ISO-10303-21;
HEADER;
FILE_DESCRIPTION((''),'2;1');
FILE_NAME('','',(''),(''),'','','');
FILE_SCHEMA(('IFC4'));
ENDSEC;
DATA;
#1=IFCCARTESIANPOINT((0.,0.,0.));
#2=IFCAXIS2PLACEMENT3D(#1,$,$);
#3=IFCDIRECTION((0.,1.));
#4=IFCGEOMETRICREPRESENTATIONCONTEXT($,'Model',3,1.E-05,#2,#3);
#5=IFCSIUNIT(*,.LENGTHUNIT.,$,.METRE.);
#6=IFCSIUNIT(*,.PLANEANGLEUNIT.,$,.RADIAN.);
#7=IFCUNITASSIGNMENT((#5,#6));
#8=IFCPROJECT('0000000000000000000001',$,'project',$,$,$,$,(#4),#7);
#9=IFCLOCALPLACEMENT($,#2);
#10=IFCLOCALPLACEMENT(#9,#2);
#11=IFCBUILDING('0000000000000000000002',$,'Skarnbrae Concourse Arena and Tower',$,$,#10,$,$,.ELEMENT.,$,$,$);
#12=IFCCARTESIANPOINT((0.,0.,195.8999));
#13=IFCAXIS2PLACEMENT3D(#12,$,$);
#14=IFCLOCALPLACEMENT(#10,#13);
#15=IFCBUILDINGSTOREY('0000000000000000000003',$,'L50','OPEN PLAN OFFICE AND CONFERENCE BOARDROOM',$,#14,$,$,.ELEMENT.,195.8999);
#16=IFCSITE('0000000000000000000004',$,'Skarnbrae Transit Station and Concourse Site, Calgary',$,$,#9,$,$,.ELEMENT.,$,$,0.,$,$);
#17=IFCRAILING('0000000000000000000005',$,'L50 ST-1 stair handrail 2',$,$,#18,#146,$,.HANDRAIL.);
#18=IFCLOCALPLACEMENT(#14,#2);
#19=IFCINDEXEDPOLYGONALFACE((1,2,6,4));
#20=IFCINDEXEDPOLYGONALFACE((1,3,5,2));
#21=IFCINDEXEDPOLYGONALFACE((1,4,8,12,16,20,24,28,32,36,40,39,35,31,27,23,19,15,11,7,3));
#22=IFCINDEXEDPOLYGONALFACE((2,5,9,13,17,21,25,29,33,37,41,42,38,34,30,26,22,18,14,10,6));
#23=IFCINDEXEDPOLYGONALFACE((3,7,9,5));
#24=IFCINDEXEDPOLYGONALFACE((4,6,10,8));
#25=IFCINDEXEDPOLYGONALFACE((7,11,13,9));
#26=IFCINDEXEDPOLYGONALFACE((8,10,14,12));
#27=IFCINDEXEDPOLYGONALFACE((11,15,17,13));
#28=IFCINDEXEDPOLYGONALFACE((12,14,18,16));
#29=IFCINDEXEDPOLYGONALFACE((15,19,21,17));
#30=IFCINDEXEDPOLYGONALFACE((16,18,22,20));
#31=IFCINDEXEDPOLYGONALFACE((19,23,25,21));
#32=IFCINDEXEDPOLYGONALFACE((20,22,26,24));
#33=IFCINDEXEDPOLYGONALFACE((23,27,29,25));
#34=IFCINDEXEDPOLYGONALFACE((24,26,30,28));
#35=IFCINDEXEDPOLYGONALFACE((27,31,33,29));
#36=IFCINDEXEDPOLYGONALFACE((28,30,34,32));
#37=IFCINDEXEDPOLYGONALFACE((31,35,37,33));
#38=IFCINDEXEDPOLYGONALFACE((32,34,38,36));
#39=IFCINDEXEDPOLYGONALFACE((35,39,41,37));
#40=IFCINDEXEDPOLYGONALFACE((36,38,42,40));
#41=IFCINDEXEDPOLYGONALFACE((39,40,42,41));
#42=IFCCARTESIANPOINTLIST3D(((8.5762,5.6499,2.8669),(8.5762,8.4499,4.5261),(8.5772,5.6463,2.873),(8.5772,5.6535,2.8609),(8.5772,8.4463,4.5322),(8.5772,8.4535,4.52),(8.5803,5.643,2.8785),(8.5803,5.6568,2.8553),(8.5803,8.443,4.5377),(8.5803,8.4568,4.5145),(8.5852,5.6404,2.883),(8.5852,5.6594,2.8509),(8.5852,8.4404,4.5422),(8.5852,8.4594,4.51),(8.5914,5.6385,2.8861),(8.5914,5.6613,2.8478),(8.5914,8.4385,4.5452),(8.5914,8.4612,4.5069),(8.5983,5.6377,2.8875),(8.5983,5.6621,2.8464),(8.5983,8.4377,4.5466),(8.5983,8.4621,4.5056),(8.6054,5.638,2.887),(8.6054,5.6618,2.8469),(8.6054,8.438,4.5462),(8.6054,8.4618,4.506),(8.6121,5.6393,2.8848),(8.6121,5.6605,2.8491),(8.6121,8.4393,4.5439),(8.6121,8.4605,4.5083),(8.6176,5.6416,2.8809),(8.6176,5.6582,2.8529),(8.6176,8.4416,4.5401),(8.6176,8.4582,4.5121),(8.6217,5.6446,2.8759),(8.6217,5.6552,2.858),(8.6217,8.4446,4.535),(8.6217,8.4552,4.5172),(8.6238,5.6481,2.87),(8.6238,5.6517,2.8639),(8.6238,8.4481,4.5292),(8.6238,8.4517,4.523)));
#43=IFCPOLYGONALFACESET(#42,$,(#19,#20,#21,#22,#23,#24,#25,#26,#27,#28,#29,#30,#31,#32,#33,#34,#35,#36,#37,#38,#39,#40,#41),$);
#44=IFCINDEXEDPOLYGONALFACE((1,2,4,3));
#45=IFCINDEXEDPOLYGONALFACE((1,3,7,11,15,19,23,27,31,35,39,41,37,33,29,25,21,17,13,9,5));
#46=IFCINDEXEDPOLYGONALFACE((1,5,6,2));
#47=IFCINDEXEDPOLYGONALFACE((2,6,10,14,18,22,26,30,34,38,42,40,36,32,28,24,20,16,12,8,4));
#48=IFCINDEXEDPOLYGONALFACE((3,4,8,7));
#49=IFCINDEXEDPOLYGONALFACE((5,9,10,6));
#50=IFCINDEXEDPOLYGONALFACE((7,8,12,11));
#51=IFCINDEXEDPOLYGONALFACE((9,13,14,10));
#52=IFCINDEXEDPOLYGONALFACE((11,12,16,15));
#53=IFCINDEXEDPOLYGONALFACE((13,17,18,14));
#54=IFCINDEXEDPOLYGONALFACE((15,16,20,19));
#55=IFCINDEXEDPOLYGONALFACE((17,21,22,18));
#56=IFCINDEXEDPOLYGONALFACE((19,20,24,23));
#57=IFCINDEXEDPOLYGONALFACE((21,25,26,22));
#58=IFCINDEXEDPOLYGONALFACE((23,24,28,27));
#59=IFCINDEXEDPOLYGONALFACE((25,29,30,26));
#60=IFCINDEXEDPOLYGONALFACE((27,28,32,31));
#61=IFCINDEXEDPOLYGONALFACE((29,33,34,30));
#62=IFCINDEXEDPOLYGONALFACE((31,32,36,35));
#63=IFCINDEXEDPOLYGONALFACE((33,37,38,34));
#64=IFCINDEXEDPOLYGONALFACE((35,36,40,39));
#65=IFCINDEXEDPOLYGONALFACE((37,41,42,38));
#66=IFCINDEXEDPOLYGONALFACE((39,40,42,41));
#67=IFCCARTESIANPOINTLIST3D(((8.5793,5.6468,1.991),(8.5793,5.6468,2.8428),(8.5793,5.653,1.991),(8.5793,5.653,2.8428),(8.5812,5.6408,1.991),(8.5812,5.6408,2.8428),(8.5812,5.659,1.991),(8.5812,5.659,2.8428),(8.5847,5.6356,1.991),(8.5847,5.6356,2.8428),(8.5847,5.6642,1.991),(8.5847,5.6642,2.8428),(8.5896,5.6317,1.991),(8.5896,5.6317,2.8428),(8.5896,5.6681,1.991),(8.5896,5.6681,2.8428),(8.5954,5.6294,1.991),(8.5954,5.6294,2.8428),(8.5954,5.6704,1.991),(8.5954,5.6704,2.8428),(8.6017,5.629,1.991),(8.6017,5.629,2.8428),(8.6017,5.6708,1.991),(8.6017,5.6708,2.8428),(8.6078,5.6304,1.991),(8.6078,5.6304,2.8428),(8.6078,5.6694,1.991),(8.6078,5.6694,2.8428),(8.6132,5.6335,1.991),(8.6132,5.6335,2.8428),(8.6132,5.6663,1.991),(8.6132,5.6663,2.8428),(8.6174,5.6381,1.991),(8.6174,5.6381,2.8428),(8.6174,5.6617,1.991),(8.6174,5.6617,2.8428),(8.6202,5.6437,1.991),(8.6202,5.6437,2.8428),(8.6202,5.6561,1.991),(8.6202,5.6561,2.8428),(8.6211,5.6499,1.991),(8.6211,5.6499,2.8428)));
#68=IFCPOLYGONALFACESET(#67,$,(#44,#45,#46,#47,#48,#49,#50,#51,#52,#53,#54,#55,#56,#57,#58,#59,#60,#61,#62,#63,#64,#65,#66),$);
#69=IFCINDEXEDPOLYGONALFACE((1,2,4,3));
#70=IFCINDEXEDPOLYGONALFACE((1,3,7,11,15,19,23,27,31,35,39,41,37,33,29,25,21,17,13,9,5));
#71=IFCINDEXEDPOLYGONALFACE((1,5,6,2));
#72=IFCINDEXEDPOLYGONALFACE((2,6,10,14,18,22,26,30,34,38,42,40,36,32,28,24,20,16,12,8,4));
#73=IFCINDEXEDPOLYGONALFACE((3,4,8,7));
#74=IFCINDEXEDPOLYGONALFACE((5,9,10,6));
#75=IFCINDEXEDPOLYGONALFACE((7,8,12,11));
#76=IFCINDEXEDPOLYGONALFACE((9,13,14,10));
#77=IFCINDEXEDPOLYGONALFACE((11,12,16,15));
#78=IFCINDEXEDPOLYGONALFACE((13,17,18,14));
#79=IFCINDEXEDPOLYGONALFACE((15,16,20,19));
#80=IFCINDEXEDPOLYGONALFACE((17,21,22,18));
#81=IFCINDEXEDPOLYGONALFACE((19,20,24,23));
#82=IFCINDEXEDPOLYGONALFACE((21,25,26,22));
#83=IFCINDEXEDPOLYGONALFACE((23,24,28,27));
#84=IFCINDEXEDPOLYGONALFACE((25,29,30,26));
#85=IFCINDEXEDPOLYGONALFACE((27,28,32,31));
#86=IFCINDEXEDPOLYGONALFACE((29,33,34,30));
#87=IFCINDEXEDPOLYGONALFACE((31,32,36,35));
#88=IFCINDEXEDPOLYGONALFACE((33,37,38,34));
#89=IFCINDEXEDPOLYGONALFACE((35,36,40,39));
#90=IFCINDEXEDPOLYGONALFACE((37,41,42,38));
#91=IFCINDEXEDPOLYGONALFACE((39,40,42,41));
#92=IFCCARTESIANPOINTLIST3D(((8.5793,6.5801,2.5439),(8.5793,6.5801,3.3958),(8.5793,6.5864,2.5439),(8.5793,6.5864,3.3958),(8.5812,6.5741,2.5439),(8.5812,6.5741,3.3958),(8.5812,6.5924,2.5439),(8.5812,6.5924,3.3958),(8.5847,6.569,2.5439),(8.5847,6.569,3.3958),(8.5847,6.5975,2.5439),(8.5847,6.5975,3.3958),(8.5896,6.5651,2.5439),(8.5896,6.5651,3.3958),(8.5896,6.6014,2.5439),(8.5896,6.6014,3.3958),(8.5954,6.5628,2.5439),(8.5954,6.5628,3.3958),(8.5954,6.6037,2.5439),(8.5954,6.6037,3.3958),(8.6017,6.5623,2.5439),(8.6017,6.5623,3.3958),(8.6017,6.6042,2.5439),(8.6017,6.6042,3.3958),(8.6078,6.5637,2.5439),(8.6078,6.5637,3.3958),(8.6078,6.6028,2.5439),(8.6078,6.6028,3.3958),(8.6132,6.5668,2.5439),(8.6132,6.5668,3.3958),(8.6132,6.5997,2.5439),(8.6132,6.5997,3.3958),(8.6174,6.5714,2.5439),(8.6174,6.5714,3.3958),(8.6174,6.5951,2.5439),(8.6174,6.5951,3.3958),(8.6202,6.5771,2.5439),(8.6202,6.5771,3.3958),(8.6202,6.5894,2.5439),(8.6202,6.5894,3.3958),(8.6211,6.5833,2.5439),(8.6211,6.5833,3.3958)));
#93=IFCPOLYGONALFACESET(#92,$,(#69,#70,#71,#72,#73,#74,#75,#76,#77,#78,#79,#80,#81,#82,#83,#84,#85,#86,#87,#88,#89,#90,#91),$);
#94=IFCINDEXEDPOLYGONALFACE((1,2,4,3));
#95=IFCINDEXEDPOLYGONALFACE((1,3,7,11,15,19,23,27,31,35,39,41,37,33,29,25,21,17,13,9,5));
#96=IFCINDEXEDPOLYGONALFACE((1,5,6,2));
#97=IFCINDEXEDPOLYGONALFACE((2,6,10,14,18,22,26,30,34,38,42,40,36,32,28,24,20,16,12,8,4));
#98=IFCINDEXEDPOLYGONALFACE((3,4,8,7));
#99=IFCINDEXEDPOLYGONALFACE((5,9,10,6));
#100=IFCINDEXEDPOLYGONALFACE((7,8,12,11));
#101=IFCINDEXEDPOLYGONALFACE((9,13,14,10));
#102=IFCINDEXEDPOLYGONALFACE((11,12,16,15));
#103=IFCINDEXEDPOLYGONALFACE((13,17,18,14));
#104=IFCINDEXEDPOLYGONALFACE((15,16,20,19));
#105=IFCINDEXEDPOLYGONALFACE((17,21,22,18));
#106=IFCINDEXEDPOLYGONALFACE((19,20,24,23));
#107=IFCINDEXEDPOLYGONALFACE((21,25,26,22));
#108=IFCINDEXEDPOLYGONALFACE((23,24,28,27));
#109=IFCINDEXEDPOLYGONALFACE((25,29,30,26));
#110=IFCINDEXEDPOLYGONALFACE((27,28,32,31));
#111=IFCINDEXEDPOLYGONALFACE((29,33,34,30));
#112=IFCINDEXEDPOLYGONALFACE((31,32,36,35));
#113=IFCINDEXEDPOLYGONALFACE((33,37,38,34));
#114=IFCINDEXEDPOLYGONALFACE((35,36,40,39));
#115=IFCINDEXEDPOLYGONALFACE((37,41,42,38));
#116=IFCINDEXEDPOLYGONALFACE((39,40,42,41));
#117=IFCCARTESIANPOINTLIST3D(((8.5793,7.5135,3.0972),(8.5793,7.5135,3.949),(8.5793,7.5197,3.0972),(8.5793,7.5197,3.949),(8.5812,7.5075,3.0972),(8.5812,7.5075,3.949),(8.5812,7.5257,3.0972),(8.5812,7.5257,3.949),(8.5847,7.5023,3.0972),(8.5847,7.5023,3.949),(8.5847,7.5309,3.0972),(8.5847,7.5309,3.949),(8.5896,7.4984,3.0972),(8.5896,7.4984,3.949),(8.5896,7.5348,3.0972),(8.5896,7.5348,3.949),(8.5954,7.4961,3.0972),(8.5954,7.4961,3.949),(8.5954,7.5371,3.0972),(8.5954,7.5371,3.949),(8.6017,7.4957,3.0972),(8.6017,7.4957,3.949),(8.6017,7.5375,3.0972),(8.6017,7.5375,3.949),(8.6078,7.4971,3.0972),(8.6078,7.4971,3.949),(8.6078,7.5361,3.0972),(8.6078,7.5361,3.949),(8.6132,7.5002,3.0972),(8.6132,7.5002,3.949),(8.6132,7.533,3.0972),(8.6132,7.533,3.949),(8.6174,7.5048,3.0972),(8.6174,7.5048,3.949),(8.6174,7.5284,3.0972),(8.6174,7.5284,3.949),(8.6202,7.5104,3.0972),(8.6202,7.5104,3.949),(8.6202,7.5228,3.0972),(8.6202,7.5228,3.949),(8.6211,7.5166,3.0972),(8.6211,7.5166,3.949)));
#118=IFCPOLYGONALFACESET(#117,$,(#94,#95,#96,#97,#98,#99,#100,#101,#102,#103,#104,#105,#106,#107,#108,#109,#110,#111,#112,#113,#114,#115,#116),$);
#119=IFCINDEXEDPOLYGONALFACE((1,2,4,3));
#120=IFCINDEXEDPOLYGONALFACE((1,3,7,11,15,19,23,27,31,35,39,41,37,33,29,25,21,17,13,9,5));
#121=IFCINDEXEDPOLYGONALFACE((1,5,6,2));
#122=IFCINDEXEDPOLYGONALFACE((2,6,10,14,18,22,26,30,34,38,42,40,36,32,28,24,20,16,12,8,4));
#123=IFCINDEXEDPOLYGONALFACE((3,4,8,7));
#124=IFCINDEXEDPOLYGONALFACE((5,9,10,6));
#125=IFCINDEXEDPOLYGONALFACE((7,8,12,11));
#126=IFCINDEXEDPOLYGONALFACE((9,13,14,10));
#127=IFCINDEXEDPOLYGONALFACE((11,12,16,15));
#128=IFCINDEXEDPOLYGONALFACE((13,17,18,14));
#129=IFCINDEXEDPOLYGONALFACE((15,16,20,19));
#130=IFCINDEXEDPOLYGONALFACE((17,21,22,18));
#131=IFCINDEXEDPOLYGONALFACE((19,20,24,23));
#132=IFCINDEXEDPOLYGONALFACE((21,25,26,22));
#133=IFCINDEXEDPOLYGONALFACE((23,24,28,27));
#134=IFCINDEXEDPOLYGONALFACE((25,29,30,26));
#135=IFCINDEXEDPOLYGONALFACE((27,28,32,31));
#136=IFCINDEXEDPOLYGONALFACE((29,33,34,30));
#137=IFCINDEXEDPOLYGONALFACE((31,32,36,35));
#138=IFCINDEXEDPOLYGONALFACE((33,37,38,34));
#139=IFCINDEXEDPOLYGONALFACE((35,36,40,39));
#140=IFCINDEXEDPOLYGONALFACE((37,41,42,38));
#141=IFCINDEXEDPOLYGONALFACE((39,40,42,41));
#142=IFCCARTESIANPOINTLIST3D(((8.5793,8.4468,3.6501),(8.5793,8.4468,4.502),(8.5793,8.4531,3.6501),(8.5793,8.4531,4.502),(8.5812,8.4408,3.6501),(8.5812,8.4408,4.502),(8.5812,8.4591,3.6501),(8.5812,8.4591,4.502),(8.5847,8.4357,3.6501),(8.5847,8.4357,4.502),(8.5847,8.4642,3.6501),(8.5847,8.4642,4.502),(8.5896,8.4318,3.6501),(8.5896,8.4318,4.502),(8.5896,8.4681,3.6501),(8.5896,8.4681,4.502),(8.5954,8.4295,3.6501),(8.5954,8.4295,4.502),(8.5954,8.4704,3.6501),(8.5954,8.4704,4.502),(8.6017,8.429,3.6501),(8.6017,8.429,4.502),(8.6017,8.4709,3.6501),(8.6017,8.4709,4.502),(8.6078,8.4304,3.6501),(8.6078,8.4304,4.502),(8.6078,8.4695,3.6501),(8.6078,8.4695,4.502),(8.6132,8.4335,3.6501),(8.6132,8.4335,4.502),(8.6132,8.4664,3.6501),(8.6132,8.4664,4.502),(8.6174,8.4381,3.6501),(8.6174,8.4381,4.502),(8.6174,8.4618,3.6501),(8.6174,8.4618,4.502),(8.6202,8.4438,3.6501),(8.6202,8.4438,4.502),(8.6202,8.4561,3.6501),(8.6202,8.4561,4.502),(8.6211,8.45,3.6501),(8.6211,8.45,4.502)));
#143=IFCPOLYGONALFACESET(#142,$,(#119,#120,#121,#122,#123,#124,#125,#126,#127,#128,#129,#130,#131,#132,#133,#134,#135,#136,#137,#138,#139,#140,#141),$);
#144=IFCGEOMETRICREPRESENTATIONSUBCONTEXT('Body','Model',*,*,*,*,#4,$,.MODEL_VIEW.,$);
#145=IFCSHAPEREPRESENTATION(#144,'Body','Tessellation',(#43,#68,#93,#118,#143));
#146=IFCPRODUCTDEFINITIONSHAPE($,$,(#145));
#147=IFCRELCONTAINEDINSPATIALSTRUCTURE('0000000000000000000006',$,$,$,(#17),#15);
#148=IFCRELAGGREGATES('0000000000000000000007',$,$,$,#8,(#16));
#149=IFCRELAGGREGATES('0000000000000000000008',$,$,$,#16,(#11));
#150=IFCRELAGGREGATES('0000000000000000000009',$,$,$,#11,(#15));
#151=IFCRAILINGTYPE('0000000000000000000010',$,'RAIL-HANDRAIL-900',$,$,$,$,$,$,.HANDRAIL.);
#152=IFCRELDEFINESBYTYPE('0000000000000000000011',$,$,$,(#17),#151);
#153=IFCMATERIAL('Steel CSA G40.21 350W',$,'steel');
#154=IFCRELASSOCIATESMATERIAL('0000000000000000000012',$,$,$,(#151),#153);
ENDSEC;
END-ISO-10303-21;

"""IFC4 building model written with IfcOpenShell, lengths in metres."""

from ifc_helpers import new_model, si_unit, direction, frame, origin, origin_2d, place, context, subcontext, project, spatial, circle, extrude, material, type_object, element, save


model = new_model("IFC4")

# Units and contexts
model_context = context("Model", 3, precision=1e-05, world=origin(), true_north=direction((0.0, 1.0)))
body_context = subcontext(model_context, "Body", "Model", "MODEL_VIEW")
ifc_project = project(units=[si_unit("LENGTHUNIT", "METRE"), si_unit("PLANEANGLEUNIT", "RADIAN")], contexts=[model_context])

# Site, building, storey
site_placement = place(None, origin())
site = spatial("IfcSite", under=ifc_project, at=site_placement, Name="Skarnbrae Transit Station and Concourse Site, Calgary", CompositionType="ELEMENT", RefElevation=0.0)
building_placement = place(site_placement, origin())
building = spatial("IfcBuilding", under=site, at=building_placement, Name="Skarnbrae Concourse Arena and Tower", CompositionType="ELEMENT")
storey_placement = place(building_placement, frame((0.0, 0.0, 195.8999)))
storey = spatial("IfcBuildingStorey", under=building, at=storey_placement, Name="L50", Description="OPEN PLAN OFFICE AND CONFERENCE BOARDROOM", CompositionType="ELEMENT", Elevation=195.8999)

# Shared definitions
ifc_material_1 = material(Name="Steel CSA G40.21 350W", Category="steel")

# Railing
railing_type_1 = type_object("IfcRailingType", Name="RAIL-HANDRAIL-900", PredefinedType="HANDRAIL", material=ifc_material_1)
railing_1_placement = place(storey_placement, frame((8.6001, 5.6499, 1.991)))
element("IfcRailing", 1, at=railing_1_placement, inside=storey, type_object=railing_type_1, Name="L50 ST-1 stair handrail 2", PredefinedType="HANDRAIL", context=body_context, shape_type="SweptSolid", body=[
    extrude(circle(Radius=0.0239, at=origin_2d()), frame((0.0, 0.0, 0.876), z_axis=(0.0, 0.860306, 0.509778), x_axis=(-1.0, 0.0, 0.0)), (0.0, 0.0, 1.0), 3.2546),
    extrude(circle(Radius=0.021, at=origin_2d()), origin(), (0.0, 0.0, 1.0), 0.8518),
    extrude(circle(Radius=0.021, at=origin_2d()), frame((0.0, 0.9333, 0.553)), (0.0, 0.0, 1.0), 0.8518),
    extrude(circle(Radius=0.021, at=origin_2d()), frame((0.0, 1.8667, 1.1062)), (0.0, 0.0, 1.0), 0.8518),
    extrude(circle(Radius=0.021, at=origin_2d()), frame((0.0, 2.8, 1.6592)), (0.0, 0.0, 1.0), 0.8518),
])

save(model, "model.ifc")
